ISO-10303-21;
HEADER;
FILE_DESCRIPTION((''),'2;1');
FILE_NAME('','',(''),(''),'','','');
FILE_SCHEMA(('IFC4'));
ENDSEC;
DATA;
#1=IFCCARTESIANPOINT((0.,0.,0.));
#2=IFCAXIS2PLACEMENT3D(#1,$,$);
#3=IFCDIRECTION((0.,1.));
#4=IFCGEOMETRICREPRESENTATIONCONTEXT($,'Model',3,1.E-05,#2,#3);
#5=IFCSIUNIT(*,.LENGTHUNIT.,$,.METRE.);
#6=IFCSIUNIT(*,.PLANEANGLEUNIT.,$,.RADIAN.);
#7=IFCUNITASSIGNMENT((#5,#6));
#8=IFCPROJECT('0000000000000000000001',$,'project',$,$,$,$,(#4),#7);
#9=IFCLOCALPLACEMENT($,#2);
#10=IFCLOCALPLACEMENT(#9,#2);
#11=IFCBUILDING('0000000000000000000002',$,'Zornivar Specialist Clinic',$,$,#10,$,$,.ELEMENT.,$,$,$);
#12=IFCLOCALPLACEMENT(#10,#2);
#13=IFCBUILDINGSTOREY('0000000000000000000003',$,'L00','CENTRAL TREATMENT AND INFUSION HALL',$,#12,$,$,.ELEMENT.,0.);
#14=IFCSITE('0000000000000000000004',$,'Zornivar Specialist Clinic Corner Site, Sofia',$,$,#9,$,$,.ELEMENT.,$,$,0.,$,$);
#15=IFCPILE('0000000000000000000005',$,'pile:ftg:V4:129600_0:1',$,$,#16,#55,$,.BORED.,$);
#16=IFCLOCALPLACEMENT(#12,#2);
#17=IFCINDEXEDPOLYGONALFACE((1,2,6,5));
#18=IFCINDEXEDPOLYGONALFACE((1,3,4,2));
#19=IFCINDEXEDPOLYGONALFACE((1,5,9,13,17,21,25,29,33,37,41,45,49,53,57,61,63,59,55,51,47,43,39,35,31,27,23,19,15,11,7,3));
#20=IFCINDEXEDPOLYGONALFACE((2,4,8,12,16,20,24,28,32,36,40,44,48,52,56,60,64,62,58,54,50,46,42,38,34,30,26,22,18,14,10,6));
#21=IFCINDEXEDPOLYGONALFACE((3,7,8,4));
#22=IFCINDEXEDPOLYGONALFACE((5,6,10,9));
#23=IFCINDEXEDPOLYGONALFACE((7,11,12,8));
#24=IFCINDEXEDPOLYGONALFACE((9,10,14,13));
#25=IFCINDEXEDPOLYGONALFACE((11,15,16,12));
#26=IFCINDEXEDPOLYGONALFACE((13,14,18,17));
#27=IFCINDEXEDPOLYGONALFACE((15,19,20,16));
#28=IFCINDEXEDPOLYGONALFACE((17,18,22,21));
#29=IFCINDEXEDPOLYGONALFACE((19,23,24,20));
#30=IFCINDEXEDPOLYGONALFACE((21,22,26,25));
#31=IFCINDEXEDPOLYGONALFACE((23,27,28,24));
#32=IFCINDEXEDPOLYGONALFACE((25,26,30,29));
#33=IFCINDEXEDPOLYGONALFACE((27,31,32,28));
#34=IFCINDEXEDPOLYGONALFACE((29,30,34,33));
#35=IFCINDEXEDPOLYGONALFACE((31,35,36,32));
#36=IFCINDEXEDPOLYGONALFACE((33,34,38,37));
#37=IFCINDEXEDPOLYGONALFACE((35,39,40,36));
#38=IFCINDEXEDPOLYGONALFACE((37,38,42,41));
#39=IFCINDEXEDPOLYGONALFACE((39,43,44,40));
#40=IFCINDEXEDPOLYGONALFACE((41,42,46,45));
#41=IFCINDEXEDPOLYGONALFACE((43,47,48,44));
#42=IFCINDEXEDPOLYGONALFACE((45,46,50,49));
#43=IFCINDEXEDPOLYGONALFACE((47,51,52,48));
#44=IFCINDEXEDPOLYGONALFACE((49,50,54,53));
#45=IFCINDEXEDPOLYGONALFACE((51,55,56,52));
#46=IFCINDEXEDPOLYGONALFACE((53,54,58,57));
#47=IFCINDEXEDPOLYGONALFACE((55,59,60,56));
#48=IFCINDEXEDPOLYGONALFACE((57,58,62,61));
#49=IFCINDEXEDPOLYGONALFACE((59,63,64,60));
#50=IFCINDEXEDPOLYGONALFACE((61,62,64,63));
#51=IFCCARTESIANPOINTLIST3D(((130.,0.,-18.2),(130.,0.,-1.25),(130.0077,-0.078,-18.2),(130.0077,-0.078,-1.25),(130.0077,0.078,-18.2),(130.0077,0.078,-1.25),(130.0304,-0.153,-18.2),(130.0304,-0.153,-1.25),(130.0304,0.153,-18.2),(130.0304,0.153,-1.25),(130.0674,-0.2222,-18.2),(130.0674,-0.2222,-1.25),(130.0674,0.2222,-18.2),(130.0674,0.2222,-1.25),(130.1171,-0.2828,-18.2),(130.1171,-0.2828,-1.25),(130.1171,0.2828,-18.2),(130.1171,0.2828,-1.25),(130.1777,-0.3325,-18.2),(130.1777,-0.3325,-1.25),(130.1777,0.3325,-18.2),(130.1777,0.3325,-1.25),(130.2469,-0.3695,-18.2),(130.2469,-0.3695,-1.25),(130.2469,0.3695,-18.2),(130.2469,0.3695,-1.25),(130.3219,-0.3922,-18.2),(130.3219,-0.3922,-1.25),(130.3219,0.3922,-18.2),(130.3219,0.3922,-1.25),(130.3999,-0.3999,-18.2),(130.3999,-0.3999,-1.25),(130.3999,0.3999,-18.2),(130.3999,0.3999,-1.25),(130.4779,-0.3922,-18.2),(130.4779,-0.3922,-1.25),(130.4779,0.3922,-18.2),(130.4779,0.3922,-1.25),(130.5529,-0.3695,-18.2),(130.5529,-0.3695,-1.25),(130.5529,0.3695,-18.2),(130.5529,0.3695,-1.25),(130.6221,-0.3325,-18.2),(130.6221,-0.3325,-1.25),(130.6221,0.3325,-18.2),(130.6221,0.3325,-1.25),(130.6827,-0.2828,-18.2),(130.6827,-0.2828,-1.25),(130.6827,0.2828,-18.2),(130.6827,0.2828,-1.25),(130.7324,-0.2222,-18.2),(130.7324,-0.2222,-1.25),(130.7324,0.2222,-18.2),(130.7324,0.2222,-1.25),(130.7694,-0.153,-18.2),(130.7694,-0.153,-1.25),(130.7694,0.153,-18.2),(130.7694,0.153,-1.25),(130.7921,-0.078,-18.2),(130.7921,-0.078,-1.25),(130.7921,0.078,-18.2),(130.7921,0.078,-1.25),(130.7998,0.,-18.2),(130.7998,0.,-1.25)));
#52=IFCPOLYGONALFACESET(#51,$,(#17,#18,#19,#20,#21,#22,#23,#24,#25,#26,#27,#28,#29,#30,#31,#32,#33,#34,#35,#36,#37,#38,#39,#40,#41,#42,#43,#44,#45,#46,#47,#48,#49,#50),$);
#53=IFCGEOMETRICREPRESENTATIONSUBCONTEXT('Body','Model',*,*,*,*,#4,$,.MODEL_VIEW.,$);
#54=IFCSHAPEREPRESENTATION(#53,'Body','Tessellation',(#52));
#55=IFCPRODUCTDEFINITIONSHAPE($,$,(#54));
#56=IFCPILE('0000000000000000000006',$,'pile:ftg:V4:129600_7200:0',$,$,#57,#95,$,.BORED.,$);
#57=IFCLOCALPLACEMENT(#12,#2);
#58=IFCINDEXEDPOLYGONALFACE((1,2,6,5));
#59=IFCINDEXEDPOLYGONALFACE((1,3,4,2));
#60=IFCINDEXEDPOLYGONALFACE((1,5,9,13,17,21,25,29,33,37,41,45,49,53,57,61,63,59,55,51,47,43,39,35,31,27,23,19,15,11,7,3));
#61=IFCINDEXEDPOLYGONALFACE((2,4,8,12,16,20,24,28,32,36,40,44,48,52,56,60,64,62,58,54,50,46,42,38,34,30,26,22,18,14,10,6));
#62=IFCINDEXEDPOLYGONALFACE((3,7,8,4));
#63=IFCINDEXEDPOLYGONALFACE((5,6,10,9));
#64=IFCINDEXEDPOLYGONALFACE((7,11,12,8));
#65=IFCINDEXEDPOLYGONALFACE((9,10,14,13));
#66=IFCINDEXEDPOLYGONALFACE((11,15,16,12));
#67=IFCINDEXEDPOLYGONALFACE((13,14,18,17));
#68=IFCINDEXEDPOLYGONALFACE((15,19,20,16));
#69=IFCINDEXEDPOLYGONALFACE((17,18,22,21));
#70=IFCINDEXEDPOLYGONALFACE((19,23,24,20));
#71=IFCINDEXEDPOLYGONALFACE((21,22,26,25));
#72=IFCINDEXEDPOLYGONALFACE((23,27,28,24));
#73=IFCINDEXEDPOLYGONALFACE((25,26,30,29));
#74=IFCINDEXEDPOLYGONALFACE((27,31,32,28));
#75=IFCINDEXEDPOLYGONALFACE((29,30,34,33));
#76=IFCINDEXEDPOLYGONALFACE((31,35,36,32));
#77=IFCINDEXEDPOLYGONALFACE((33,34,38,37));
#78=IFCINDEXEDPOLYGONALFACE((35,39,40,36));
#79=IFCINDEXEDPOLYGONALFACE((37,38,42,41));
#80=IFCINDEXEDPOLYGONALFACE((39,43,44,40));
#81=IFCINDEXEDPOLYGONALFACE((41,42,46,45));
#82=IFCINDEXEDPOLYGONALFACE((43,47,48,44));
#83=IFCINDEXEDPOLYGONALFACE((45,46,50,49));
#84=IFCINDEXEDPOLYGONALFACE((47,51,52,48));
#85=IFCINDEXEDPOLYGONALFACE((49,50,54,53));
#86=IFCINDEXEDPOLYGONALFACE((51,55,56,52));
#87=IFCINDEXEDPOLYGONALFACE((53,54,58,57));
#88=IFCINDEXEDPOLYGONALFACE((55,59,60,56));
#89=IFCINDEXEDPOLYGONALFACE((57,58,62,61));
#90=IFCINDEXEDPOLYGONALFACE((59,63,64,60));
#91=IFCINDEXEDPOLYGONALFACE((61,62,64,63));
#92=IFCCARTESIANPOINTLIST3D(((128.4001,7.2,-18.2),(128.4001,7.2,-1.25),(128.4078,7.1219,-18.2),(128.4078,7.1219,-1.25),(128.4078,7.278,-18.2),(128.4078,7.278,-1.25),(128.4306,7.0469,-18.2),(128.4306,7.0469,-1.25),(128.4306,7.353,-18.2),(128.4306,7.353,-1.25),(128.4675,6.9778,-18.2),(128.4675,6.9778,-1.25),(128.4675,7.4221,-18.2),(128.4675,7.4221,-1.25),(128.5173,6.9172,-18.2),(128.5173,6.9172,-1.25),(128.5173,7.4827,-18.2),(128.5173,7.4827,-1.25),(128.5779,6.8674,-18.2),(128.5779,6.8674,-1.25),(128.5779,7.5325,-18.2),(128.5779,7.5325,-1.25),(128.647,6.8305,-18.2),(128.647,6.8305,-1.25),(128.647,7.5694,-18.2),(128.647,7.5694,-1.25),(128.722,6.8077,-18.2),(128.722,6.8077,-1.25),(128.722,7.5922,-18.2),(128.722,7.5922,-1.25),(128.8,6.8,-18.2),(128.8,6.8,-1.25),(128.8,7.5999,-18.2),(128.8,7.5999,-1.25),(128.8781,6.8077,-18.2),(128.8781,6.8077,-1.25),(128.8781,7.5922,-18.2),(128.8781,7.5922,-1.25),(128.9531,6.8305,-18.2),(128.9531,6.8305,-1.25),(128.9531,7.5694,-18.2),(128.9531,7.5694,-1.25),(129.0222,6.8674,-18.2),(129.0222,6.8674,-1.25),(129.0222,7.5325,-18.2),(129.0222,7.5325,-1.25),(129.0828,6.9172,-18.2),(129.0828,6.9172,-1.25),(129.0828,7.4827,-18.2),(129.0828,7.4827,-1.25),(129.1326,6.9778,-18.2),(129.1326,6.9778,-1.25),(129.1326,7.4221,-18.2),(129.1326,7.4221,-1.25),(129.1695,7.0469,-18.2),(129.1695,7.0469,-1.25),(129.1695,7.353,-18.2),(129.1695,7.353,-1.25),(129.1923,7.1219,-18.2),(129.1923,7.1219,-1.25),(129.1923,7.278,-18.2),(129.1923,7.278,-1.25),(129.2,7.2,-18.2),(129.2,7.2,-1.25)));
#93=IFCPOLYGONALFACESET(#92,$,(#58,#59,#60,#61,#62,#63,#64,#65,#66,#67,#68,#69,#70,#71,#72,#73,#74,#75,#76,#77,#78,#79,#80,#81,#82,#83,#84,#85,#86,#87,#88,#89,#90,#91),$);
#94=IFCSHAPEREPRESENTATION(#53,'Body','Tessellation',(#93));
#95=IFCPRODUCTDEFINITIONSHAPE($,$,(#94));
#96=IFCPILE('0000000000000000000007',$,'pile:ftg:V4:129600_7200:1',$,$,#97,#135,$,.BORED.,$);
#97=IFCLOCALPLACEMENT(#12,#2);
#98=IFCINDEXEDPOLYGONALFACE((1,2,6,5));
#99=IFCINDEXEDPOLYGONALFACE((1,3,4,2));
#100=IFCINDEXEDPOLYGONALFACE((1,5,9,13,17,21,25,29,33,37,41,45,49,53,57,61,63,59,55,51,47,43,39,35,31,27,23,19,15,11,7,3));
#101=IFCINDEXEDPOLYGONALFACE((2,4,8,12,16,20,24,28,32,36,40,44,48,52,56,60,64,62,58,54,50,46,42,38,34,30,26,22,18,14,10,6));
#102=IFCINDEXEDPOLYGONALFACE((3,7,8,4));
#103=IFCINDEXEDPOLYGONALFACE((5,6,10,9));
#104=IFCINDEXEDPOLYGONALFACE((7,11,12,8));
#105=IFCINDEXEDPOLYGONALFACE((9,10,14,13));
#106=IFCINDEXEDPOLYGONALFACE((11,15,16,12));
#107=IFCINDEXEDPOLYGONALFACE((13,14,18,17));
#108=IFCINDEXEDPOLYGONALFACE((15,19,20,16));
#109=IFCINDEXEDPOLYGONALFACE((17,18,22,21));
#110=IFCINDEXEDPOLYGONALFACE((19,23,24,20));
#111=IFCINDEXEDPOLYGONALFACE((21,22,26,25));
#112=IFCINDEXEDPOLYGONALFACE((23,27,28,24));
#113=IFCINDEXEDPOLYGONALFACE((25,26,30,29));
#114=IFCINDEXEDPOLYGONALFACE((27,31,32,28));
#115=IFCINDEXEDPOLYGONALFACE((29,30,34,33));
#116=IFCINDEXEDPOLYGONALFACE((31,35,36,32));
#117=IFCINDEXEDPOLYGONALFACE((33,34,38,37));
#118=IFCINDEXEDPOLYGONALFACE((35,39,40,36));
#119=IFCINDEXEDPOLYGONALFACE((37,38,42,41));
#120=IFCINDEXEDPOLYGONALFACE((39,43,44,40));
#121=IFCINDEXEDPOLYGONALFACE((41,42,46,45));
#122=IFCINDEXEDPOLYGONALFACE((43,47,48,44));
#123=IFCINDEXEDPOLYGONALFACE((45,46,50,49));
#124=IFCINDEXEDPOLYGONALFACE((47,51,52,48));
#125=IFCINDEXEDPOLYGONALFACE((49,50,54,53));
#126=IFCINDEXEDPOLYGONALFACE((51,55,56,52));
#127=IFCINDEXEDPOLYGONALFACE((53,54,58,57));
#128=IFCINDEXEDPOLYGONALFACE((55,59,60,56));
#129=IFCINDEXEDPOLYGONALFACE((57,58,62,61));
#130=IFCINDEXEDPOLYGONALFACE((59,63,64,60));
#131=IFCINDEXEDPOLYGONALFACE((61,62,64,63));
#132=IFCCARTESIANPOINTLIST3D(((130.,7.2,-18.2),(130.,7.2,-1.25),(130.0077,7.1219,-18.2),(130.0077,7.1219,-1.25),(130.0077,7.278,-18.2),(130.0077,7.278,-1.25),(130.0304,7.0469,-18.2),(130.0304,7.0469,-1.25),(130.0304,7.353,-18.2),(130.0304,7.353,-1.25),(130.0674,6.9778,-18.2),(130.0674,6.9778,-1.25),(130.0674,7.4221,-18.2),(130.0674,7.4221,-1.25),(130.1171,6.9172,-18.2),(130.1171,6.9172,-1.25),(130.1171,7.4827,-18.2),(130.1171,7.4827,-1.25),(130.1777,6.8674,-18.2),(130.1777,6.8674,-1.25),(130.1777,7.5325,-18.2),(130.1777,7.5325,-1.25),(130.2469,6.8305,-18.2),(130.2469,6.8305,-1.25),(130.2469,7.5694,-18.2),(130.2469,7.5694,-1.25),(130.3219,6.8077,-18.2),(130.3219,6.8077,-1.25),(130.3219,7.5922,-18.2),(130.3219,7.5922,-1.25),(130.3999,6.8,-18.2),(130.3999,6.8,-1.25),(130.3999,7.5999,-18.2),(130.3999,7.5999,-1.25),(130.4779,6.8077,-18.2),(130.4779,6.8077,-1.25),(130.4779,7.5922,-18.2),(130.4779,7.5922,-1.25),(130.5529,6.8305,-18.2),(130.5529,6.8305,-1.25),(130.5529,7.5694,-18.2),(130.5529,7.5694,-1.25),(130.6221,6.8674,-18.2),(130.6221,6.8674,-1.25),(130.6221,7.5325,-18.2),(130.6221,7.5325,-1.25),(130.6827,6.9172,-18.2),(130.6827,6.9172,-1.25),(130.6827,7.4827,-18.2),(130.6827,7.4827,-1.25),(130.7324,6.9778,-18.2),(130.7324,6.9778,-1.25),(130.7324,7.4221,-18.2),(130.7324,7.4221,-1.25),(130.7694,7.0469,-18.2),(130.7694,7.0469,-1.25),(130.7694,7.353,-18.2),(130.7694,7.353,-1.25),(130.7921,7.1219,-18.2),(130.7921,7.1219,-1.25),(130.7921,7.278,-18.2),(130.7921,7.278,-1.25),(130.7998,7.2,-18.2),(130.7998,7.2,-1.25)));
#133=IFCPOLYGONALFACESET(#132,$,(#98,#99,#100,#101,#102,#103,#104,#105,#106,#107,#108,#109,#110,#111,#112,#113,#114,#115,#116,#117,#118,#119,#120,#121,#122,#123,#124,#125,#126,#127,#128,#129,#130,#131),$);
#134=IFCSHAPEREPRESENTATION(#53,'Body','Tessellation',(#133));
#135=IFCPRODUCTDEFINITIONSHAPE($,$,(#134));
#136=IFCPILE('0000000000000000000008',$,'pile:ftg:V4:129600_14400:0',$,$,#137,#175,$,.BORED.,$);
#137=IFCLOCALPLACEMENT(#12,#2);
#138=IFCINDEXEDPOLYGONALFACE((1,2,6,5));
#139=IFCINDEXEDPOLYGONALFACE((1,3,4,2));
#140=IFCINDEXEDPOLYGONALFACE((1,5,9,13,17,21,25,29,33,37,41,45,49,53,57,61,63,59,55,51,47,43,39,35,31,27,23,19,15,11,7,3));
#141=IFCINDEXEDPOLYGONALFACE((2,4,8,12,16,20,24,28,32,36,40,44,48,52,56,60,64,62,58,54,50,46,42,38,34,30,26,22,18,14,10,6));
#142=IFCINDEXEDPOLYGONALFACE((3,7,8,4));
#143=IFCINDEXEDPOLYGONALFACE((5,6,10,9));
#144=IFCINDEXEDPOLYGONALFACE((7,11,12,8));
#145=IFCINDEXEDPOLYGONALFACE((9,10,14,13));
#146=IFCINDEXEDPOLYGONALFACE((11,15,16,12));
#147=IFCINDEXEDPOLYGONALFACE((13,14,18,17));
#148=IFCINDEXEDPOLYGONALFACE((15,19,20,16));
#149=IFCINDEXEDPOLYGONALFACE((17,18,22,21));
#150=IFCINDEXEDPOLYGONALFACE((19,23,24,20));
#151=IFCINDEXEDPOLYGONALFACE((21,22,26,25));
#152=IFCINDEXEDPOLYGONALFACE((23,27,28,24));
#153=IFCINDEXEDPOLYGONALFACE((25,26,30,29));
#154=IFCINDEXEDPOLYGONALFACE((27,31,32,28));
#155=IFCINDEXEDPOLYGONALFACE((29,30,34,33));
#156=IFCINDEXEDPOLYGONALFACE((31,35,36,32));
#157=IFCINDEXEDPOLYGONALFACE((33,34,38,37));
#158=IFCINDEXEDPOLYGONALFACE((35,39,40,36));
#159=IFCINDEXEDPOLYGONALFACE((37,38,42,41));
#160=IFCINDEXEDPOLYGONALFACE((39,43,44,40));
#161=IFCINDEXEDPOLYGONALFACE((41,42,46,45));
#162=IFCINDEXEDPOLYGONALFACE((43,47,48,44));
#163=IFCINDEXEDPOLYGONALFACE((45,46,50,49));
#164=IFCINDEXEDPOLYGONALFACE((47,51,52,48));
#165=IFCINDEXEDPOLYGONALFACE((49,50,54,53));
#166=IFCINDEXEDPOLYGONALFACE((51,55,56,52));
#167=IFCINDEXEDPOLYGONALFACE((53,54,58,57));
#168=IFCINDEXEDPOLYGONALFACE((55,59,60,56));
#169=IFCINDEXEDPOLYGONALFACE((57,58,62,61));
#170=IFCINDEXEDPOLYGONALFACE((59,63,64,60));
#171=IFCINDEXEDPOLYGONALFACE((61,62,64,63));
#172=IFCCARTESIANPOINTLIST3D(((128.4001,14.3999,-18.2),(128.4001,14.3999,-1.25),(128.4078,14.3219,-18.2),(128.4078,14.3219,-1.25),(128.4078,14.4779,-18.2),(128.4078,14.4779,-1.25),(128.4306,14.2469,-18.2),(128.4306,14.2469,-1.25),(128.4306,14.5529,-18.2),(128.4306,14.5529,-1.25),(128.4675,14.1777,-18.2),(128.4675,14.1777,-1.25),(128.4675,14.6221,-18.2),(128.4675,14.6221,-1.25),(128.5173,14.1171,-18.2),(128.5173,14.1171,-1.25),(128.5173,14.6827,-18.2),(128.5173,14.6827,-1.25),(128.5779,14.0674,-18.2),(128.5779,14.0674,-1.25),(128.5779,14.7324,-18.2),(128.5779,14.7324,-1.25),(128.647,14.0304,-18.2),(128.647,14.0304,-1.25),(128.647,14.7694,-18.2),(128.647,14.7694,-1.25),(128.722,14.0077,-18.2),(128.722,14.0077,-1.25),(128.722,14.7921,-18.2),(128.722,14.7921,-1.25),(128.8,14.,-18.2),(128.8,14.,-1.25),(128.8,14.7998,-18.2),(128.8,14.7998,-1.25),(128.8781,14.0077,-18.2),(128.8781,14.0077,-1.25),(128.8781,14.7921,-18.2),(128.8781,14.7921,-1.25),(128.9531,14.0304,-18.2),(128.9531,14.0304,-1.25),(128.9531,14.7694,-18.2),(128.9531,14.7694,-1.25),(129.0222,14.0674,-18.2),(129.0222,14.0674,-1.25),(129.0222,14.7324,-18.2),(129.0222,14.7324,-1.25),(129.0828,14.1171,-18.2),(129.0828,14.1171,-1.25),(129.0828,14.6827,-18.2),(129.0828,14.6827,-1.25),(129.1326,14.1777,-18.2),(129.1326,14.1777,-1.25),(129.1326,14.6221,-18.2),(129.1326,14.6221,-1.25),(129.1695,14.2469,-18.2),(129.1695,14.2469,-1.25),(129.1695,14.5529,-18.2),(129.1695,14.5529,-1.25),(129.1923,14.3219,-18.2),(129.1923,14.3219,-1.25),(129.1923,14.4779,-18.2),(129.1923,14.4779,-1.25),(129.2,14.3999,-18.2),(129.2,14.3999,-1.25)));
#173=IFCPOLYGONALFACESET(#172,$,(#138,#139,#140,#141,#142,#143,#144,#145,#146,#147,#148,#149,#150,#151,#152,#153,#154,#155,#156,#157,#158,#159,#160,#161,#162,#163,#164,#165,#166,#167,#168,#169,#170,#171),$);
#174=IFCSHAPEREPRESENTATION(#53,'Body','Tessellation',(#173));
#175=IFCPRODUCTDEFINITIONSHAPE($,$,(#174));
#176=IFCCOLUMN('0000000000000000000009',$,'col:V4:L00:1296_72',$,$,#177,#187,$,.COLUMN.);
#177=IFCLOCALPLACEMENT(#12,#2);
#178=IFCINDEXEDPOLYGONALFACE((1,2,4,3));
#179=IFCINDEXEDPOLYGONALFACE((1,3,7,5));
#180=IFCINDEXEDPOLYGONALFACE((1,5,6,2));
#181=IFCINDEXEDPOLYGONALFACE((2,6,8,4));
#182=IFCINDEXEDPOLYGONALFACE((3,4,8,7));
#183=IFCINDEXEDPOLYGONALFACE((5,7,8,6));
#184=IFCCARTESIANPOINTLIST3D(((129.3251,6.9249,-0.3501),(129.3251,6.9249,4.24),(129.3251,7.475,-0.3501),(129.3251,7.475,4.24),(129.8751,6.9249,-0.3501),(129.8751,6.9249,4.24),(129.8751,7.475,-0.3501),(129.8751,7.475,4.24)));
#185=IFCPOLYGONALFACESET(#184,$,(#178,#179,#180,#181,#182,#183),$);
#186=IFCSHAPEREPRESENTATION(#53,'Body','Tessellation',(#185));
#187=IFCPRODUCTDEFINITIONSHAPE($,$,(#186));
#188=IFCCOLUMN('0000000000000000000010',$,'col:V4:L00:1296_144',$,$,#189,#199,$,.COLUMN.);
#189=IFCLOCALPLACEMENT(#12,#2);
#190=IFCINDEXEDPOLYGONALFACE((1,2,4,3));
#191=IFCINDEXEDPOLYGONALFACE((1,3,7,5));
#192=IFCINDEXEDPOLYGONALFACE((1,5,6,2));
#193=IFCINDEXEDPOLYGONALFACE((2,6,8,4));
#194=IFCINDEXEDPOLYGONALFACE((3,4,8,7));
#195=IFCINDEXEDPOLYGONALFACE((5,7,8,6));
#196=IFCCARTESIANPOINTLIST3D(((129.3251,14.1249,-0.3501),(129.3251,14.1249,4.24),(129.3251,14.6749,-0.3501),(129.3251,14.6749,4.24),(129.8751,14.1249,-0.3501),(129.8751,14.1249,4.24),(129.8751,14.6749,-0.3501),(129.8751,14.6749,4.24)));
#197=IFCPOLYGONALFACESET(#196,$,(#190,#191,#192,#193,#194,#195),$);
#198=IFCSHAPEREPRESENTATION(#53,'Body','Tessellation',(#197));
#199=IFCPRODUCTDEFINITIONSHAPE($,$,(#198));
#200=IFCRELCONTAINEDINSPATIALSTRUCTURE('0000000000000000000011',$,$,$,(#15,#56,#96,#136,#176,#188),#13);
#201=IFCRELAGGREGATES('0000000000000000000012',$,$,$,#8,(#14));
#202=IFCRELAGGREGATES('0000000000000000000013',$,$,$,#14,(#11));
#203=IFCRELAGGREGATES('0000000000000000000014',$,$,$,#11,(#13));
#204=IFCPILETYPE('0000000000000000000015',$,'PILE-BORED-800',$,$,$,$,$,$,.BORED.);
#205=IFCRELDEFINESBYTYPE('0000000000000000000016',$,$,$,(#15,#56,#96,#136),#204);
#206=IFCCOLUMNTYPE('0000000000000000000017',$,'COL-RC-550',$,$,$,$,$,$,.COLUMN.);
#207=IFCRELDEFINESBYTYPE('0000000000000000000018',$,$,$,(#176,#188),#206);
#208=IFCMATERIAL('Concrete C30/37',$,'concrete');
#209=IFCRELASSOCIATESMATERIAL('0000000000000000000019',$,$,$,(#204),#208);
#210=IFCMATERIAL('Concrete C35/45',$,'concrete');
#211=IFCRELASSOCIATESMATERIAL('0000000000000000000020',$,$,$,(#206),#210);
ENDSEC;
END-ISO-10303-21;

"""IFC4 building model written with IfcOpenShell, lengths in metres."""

from ifc_helpers import new_model, si_unit, direction, frame, origin, origin_2d, place, context, subcontext, project, spatial, rectangle, circle, extrude, material, material_profile, profile_set, type_object, element, save


model = new_model("IFC4")

# Units and contexts
model_context = context("Model", 3, precision=1e-05, world=origin(), true_north=direction((0.0, 1.0)))
body_context = subcontext(model_context, "Body", "Model", "MODEL_VIEW")
ifc_project = project(units=[si_unit("LENGTHUNIT", "METRE"), si_unit("PLANEANGLEUNIT", "RADIAN")], contexts=[model_context])

# Site, building, storey
site_placement = place(None, origin())
site = spatial("IfcSite", under=ifc_project, at=site_placement, Name="Zornivar Specialist Clinic Corner Site, Sofia", CompositionType="ELEMENT", RefElevation=0.0)
building_placement = place(site_placement, origin())
building = spatial("IfcBuilding", under=site, at=building_placement, Name="Zornivar Specialist Clinic", CompositionType="ELEMENT")
storey_placement = place(building_placement, origin())
storey = spatial("IfcBuildingStorey", under=building, at=storey_placement, Name="L00", Description="CENTRAL TREATMENT AND INFUSION HALL", CompositionType="ELEMENT", Elevation=0.0)

# Piles
ifc_material_1 = material(Name="Concrete C30/37", Category="concrete")
ifc_material_profile_1 = material_profile(ifc_material_1, circle(Radius=0.3999, at=origin_2d()), Name="PILE D800")
ifc_profile_set_1 = profile_set([ifc_material_profile_1], Name="Concrete C30/37")
pile_type = type_object("IfcPileType", Name="PILE-BORED-800", PredefinedType="BORED", material=ifc_profile_set_1)
for number, where, z_axis, x_axis, name in (
    (1, (130.3999, 0.0, -1.25), (0.0, 0.0, -1.0), (1.0, 0.0, 0.0), "pile:ftg:V4:129600_0:1"),
    (2, (128.8, 7.2, -1.25), (0.0, 0.0, -1.0), (1.0, 0.0, 0.0), "pile:ftg:V4:129600_7200:0"),
    (3, (130.3999, 7.2, -1.25), (0.0, 0.0, -1.0), (1.0, 0.0, 0.0), "pile:ftg:V4:129600_7200:1"),
    (4, (128.8, 14.3999, -1.25), (0.0, 0.0, -1.0), (1.0, 0.0, 0.0), "pile:ftg:V4:129600_14400:0"),
):
    element("IfcPile", number, at=place(storey_placement, frame(where, z_axis=z_axis, x_axis=x_axis)), inside=storey, type_object=pile_type, Name=name, PredefinedType="BORED", context=body_context, shape_type="SweptSolid", body=[
        extrude(circle(Radius=0.3999, at=origin_2d()), origin(), (0.0, 0.0, 1.0), 16.95),
    ])

# Columns
ifc_material_2 = material(Name="Concrete C35/45", Category="concrete")
ifc_material_profile_2 = material_profile(ifc_material_2, rectangle(XDim=0.55, YDim=0.55, at=origin_2d()), Name="RC 550x550")
ifc_profile_set_2 = profile_set([ifc_material_profile_2], Name="Concrete C35/45")
column_type = type_object("IfcColumnType", Name="COL-RC-550", PredefinedType="COLUMN", material=ifc_profile_set_2)
for number, where, z_axis, x_axis, name in (
    (5, (129.6001, 7.2, -0.3501), (0.0, 0.0, 1.0), (1.0, 0.0, 0.0), "col:V4:L00:1296_72"),
    (6, (129.6001, 14.3999, -0.3501), (0.0, 0.0, 1.0), (1.0, 0.0, 0.0), "col:V4:L00:1296_144"),
):
    element("IfcColumn", number, at=place(storey_placement, frame(where, z_axis=z_axis, x_axis=x_axis)), inside=storey, type_object=column_type, Name=name, PredefinedType="COLUMN", context=body_context, shape_type="SweptSolid", body=[
        extrude(rectangle(XDim=0.55, YDim=0.55, at=origin_2d()), origin(), (0.0, 0.0, 1.0), 4.5901),
    ])

save(model, "model.ifc")
